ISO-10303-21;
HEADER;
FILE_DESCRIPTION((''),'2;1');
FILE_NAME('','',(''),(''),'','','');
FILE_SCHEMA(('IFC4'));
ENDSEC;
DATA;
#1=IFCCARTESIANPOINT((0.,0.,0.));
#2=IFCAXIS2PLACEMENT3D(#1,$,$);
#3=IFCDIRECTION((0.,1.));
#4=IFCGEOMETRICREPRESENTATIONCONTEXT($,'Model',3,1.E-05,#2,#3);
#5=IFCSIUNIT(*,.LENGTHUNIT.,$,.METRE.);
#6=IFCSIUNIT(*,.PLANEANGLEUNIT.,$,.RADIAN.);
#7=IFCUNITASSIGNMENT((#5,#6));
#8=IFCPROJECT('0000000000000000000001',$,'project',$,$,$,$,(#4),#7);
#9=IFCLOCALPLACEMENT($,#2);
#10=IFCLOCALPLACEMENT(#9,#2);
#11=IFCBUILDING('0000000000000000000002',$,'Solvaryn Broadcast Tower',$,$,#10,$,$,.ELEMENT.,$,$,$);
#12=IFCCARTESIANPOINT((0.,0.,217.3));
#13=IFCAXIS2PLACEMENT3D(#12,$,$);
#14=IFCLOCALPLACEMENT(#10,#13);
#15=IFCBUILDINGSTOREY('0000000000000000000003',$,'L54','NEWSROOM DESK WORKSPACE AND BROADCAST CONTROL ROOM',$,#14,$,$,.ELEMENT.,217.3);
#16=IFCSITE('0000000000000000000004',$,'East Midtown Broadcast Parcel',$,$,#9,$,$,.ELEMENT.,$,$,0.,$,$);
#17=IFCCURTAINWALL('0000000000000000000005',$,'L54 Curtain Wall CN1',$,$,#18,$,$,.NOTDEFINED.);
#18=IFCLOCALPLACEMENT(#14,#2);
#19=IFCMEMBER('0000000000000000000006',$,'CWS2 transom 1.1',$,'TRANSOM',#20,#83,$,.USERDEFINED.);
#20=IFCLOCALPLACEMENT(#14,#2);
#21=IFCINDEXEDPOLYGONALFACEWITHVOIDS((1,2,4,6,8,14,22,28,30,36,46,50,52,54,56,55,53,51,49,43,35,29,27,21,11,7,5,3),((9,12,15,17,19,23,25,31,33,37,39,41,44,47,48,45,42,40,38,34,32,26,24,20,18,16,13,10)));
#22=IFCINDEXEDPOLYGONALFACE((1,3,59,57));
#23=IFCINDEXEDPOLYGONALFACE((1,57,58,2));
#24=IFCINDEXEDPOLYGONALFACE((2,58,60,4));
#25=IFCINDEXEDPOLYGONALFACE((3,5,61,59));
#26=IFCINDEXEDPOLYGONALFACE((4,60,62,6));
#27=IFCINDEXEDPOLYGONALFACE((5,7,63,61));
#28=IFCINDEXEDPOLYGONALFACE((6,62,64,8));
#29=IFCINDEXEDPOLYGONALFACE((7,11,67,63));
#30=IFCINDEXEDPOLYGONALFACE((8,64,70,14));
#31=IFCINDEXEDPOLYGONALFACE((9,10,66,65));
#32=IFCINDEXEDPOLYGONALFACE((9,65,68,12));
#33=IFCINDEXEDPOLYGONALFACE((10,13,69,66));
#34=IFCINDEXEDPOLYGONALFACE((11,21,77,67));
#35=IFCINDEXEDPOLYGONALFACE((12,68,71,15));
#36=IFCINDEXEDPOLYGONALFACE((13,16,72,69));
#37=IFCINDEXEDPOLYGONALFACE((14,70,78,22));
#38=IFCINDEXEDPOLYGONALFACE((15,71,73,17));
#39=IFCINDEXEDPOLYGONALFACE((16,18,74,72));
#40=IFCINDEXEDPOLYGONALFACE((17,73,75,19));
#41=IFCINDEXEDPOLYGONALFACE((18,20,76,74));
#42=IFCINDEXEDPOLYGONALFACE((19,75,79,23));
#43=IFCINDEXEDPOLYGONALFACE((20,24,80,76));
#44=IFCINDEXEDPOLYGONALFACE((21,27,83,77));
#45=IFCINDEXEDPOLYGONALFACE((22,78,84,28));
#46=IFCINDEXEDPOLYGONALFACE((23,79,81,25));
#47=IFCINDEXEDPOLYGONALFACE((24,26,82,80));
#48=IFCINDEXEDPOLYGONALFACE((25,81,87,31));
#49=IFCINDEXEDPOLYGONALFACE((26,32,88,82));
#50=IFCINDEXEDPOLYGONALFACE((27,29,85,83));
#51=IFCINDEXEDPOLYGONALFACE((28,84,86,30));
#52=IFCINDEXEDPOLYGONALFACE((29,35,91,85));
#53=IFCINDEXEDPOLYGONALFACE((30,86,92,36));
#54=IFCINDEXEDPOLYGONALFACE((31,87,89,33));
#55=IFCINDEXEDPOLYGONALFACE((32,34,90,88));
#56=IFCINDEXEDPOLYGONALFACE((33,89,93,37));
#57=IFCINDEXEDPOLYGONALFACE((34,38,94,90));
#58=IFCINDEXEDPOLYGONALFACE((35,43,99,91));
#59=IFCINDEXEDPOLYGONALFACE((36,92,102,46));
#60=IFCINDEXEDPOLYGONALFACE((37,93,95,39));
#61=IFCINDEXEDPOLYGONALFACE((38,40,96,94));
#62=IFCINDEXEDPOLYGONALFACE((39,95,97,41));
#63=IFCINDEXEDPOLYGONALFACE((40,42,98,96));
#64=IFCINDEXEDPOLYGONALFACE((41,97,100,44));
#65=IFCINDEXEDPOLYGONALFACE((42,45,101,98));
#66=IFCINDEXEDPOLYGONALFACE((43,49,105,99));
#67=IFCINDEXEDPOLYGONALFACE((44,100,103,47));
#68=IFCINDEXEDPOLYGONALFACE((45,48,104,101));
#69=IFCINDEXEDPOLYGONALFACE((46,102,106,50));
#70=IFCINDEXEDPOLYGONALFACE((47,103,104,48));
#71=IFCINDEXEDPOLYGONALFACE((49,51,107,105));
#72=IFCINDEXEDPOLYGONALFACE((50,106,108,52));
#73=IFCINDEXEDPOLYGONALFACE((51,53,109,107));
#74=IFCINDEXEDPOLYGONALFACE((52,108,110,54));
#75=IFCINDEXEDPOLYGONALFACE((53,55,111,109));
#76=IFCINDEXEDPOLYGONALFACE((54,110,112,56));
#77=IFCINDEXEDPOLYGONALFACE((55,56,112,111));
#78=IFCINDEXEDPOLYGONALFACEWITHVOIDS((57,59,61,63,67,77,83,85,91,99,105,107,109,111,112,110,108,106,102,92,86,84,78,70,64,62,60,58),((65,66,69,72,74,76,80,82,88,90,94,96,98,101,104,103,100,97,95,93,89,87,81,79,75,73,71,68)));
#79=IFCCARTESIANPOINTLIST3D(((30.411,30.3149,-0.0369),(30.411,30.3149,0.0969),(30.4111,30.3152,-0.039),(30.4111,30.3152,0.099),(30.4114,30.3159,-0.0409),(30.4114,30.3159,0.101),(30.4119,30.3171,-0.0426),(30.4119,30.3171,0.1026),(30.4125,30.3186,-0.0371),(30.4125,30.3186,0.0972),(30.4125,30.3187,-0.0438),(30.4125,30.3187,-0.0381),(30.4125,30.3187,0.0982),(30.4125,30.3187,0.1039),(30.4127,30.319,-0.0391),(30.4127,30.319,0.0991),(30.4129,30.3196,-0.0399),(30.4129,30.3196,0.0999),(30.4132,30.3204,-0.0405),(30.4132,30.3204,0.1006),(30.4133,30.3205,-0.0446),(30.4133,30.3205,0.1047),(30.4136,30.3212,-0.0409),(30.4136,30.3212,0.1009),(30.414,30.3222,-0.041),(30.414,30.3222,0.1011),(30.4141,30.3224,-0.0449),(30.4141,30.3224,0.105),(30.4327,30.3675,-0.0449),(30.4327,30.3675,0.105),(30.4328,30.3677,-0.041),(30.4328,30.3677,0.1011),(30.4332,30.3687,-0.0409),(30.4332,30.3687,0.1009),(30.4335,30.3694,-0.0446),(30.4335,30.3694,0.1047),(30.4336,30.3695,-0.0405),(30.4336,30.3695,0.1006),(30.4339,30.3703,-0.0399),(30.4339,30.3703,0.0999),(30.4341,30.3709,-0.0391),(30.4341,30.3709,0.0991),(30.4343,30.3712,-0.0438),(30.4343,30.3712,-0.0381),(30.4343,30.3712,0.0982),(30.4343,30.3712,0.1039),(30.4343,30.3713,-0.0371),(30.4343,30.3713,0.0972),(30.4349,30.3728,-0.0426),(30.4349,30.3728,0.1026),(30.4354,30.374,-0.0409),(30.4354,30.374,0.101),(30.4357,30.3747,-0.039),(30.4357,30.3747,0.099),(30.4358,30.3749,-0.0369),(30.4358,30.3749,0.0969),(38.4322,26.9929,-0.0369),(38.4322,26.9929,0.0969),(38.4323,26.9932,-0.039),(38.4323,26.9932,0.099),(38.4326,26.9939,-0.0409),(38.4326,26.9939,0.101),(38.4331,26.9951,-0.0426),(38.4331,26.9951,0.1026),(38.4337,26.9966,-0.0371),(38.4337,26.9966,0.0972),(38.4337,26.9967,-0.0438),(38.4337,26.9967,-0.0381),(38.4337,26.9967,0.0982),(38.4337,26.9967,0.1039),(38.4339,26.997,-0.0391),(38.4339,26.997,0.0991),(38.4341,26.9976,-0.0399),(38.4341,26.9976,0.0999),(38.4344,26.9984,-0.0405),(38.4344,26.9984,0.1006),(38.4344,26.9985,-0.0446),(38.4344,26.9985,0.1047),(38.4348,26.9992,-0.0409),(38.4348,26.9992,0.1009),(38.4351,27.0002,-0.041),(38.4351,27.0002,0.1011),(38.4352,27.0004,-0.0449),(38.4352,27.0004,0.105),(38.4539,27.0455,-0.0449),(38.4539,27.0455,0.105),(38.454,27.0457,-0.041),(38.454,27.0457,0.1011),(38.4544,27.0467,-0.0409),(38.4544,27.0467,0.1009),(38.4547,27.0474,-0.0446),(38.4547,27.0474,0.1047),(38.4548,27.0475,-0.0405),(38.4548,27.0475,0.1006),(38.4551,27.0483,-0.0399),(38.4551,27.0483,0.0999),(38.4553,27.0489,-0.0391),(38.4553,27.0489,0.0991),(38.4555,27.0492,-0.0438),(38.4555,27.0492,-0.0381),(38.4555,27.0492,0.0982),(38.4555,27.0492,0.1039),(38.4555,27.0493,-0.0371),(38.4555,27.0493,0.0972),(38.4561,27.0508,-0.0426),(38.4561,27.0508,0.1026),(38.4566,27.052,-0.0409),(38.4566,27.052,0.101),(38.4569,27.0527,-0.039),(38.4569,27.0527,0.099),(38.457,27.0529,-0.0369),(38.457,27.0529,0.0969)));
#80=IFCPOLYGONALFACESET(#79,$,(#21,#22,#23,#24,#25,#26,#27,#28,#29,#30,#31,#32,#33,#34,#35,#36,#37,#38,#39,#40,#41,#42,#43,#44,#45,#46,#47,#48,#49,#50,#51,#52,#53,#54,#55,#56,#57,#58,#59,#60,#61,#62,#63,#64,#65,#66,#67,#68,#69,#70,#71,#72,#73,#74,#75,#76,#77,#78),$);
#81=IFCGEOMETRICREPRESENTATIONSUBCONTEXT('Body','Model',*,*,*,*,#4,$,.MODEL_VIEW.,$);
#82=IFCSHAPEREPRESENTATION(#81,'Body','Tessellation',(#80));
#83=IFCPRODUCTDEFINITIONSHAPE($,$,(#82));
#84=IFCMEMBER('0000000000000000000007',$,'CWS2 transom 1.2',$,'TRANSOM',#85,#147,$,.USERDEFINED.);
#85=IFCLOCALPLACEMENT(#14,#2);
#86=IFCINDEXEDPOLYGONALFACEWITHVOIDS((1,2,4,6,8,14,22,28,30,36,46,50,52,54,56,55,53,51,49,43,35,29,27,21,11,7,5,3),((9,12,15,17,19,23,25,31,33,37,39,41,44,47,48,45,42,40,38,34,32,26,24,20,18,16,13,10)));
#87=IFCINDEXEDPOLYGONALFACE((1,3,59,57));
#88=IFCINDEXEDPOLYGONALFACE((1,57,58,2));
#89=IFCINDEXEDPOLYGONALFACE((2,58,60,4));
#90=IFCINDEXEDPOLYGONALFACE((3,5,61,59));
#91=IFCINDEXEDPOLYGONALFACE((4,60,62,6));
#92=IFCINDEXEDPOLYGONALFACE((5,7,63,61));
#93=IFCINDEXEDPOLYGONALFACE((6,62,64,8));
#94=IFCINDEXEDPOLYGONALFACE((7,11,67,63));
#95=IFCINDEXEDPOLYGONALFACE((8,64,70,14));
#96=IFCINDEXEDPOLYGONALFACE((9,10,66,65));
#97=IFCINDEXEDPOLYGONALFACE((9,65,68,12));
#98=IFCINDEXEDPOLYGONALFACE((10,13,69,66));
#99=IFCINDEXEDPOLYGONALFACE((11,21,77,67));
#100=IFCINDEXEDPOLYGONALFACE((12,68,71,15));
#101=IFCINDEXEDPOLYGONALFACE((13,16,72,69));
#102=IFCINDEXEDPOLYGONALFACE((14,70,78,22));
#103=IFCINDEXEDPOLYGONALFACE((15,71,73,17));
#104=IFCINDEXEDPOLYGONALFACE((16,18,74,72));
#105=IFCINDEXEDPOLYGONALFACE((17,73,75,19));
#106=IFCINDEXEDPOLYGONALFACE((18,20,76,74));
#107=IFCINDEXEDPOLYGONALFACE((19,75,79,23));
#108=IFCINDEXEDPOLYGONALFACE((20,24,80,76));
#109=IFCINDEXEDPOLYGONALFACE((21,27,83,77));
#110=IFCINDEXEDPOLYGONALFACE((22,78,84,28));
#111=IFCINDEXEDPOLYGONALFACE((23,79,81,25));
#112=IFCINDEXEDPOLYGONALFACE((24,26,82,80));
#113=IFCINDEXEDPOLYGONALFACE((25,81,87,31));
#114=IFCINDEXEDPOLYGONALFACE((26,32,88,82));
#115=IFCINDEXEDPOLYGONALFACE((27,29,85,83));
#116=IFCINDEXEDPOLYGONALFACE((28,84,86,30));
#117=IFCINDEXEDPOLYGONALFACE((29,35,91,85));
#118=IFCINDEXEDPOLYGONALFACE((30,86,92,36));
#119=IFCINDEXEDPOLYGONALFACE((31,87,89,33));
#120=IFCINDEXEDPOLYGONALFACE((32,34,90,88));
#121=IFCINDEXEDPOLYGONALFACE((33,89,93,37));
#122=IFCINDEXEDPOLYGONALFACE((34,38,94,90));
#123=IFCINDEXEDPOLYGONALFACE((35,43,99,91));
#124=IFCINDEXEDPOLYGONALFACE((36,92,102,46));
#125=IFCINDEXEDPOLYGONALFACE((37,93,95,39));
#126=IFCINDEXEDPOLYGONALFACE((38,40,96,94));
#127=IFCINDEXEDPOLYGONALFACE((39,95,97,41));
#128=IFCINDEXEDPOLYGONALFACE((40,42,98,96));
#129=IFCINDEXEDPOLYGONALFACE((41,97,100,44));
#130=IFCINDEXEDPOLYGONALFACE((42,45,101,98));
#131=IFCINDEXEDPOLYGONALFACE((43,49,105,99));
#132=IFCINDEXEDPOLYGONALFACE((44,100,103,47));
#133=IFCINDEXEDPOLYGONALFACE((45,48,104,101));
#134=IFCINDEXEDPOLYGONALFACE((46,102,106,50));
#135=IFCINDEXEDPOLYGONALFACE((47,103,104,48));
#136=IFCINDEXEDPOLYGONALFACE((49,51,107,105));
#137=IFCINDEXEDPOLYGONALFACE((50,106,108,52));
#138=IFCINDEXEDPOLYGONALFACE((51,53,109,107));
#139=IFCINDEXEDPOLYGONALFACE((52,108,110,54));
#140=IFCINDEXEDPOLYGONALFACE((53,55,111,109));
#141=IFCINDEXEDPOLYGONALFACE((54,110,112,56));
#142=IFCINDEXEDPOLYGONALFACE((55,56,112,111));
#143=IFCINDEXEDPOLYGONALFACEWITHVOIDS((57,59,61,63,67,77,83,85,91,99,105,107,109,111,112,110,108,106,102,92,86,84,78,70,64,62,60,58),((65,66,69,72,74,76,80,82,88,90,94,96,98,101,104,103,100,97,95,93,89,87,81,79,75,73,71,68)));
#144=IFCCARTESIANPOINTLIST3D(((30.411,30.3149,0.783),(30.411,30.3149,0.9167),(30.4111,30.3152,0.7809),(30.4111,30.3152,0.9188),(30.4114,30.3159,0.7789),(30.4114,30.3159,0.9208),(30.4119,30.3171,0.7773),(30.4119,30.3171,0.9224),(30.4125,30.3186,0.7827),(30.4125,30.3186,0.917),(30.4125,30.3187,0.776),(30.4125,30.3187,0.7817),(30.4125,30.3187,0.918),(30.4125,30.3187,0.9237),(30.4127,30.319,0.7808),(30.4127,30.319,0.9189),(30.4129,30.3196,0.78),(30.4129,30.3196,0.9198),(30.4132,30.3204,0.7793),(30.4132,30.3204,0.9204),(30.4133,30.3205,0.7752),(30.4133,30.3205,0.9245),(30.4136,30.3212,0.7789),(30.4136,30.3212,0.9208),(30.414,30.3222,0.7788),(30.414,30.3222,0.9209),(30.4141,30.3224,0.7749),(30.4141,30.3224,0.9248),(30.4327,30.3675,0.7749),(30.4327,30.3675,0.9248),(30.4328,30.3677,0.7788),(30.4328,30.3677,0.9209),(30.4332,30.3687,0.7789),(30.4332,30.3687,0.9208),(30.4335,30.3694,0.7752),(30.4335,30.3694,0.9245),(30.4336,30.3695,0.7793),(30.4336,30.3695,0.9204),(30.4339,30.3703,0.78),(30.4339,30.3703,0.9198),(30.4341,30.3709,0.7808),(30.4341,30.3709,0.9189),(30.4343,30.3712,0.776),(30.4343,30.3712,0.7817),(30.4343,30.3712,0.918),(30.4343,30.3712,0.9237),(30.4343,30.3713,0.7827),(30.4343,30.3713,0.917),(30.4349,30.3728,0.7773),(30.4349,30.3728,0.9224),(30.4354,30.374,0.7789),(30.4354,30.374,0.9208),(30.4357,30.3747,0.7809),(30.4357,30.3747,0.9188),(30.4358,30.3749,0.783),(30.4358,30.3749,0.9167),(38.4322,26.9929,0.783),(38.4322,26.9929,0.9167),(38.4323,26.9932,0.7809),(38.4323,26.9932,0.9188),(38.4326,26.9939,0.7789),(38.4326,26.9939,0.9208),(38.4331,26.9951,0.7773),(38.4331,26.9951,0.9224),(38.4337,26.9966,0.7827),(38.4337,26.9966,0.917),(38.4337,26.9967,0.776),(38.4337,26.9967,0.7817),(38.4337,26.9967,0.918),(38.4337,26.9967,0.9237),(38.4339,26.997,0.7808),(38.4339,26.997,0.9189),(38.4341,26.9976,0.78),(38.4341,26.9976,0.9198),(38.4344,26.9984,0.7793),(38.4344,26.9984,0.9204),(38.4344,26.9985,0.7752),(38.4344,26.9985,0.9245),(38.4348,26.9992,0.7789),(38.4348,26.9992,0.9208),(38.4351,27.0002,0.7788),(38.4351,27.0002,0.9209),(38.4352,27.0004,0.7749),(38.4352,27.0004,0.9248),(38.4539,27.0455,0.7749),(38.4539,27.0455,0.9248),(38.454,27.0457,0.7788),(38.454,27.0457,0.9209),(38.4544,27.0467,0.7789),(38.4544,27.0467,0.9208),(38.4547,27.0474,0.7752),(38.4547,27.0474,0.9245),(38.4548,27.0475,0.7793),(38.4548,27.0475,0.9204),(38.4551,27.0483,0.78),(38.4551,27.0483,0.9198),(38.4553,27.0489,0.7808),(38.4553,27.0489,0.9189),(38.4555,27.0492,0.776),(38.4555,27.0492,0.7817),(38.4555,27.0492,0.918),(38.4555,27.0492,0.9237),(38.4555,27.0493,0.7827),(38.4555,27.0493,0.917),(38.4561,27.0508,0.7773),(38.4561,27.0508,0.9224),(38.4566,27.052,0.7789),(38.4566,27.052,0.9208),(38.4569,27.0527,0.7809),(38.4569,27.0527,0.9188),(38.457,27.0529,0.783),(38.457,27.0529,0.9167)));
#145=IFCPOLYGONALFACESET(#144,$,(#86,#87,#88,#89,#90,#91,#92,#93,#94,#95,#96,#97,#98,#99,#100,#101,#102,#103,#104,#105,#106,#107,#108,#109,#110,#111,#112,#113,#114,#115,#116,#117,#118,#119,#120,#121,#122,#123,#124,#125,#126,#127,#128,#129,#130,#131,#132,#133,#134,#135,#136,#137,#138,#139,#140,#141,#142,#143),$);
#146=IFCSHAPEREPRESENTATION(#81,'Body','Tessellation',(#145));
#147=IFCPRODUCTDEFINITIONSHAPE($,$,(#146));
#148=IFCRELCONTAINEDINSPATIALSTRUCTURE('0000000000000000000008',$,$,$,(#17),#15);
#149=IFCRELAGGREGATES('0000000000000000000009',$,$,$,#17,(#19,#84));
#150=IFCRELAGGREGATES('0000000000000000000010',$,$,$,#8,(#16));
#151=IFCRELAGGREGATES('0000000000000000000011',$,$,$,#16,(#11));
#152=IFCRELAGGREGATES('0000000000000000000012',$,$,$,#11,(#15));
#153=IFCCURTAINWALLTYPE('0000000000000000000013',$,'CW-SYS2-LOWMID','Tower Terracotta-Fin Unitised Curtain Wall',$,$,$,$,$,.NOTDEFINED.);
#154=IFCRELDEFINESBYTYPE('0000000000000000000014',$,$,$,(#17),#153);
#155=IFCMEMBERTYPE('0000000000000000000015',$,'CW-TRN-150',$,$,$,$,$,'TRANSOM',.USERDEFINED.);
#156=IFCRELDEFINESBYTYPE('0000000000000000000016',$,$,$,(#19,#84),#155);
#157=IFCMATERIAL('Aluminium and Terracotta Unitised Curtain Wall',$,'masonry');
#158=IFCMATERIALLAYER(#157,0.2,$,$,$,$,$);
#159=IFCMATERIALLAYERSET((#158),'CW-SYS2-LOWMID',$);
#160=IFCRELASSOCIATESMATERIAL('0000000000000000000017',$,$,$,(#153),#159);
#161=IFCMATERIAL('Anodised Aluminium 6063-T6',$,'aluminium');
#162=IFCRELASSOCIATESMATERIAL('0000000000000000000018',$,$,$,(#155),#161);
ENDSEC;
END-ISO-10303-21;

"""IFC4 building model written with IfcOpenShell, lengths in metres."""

from ifc_helpers import new_model, si_unit, direction, frame, origin, origin_2d, place, context, subcontext, project, spatial, hollow_rectangle, extrude, material, layer, layer_set, material_profile, profile_set, type_object, element, aggregate, save


model = new_model("IFC4")

# Units and contexts
model_context = context("Model", 3, precision=1e-05, world=origin(), true_north=direction((0.0, 1.0)))
body_context = subcontext(model_context, "Body", "Model", "MODEL_VIEW")
ifc_project = project(units=[si_unit("LENGTHUNIT", "METRE"), si_unit("PLANEANGLEUNIT", "RADIAN")], contexts=[model_context])

# Site, building, storey
site_placement = place(None, origin())
site = spatial("IfcSite", under=ifc_project, at=site_placement, Name="East Midtown Broadcast Parcel", CompositionType="ELEMENT", RefElevation=0.0)
building_placement = place(site_placement, origin())
building = spatial("IfcBuilding", under=site, at=building_placement, Name="Solvaryn Broadcast Tower", CompositionType="ELEMENT")
storey_placement = place(building_placement, frame((0.0, 0.0, 217.3)))
storey = spatial("IfcBuildingStorey", under=building, at=storey_placement, Name="L54", Description="NEWSROOM DESK WORKSPACE AND BROADCAST CONTROL ROOM", CompositionType="ELEMENT", Elevation=217.3)

# Curtain wall
ifc_material_1 = material(Name="Aluminium and Terracotta Unitised Curtain Wall", Category="masonry")
ifc_layer_1 = layer(ifc_material_1, 0.2)
ifc_layer_set_1 = layer_set([ifc_layer_1], Name="CW-SYS2-LOWMID")
curtain_wall_type = type_object("IfcCurtainWallType", Name="CW-SYS2-LOWMID", Description="Tower Terracotta-Fin Unitised Curtain Wall", PredefinedType="NOTDEFINED", material=ifc_layer_set_1)
curtain_wall_1_placement = place(storey_placement, origin())
curtain_wall_1 = element("IfcCurtainWall", 1, at=curtain_wall_1_placement, inside=storey, type_object=curtain_wall_type, Name="L54 Curtain Wall CN1", PredefinedType="NOTDEFINED")

# Members
ifc_material_2 = material(Name="Anodised Aluminium 6063-T6", Category="aluminium")
ifc_material_profile_1 = material_profile(ifc_material_2, hollow_rectangle(XDim=0.0649, YDim=0.1499, WallThickness=0.0039, InnerFilletRadius=0.0039, OuterFilletRadius=0.0081, at=origin_2d()))
ifc_profile_set_1 = profile_set([ifc_material_profile_1], Name="Anodised Aluminium 6063-T6")
member_type_1 = type_object("IfcMemberType", Name="CW-TRN-150", ElementType="TRANSOM", PredefinedType="USERDEFINED", material=ifc_profile_set_1)
member_1_placement = place(storey_placement, frame((38.4446, 27.0229, 0.03), z_axis=(-0.923899, 0.382636, 0.0), x_axis=(-0.382636, -0.923899, 0.0)))
member_1 = element("IfcMember", 2, at=member_1_placement, type_object=member_type_1, Name="CWS2 transom 1.1", ObjectType="TRANSOM", PredefinedType="USERDEFINED", context=body_context, shape_type="SweptSolid", body=[
    extrude(hollow_rectangle(XDim=0.0649, YDim=0.1499, WallThickness=0.0039, InnerFilletRadius=0.0039, OuterFilletRadius=0.0081, at=origin_2d()), origin(), (0.0, 0.0, 1.0), 8.6819),
])
member_2_placement = place(storey_placement, frame((38.4446, 27.0229, 0.8499), z_axis=(-0.923899, 0.382636, 0.0), x_axis=(-0.382636, -0.923899, 0.0)))
member_2 = element("IfcMember", 3, at=member_2_placement, type_object=member_type_1, Name="CWS2 transom 1.2", ObjectType="TRANSOM", PredefinedType="USERDEFINED", context=body_context, shape_type="SweptSolid", body=[
    extrude(hollow_rectangle(XDim=0.0649, YDim=0.1499, WallThickness=0.0039, InnerFilletRadius=0.0039, OuterFilletRadius=0.0081, at=origin_2d()), origin(), (0.0, 0.0, 1.0), 8.6819),
])
aggregate(curtain_wall_1, [member_1, member_2])

save(model, "model.ifc")
